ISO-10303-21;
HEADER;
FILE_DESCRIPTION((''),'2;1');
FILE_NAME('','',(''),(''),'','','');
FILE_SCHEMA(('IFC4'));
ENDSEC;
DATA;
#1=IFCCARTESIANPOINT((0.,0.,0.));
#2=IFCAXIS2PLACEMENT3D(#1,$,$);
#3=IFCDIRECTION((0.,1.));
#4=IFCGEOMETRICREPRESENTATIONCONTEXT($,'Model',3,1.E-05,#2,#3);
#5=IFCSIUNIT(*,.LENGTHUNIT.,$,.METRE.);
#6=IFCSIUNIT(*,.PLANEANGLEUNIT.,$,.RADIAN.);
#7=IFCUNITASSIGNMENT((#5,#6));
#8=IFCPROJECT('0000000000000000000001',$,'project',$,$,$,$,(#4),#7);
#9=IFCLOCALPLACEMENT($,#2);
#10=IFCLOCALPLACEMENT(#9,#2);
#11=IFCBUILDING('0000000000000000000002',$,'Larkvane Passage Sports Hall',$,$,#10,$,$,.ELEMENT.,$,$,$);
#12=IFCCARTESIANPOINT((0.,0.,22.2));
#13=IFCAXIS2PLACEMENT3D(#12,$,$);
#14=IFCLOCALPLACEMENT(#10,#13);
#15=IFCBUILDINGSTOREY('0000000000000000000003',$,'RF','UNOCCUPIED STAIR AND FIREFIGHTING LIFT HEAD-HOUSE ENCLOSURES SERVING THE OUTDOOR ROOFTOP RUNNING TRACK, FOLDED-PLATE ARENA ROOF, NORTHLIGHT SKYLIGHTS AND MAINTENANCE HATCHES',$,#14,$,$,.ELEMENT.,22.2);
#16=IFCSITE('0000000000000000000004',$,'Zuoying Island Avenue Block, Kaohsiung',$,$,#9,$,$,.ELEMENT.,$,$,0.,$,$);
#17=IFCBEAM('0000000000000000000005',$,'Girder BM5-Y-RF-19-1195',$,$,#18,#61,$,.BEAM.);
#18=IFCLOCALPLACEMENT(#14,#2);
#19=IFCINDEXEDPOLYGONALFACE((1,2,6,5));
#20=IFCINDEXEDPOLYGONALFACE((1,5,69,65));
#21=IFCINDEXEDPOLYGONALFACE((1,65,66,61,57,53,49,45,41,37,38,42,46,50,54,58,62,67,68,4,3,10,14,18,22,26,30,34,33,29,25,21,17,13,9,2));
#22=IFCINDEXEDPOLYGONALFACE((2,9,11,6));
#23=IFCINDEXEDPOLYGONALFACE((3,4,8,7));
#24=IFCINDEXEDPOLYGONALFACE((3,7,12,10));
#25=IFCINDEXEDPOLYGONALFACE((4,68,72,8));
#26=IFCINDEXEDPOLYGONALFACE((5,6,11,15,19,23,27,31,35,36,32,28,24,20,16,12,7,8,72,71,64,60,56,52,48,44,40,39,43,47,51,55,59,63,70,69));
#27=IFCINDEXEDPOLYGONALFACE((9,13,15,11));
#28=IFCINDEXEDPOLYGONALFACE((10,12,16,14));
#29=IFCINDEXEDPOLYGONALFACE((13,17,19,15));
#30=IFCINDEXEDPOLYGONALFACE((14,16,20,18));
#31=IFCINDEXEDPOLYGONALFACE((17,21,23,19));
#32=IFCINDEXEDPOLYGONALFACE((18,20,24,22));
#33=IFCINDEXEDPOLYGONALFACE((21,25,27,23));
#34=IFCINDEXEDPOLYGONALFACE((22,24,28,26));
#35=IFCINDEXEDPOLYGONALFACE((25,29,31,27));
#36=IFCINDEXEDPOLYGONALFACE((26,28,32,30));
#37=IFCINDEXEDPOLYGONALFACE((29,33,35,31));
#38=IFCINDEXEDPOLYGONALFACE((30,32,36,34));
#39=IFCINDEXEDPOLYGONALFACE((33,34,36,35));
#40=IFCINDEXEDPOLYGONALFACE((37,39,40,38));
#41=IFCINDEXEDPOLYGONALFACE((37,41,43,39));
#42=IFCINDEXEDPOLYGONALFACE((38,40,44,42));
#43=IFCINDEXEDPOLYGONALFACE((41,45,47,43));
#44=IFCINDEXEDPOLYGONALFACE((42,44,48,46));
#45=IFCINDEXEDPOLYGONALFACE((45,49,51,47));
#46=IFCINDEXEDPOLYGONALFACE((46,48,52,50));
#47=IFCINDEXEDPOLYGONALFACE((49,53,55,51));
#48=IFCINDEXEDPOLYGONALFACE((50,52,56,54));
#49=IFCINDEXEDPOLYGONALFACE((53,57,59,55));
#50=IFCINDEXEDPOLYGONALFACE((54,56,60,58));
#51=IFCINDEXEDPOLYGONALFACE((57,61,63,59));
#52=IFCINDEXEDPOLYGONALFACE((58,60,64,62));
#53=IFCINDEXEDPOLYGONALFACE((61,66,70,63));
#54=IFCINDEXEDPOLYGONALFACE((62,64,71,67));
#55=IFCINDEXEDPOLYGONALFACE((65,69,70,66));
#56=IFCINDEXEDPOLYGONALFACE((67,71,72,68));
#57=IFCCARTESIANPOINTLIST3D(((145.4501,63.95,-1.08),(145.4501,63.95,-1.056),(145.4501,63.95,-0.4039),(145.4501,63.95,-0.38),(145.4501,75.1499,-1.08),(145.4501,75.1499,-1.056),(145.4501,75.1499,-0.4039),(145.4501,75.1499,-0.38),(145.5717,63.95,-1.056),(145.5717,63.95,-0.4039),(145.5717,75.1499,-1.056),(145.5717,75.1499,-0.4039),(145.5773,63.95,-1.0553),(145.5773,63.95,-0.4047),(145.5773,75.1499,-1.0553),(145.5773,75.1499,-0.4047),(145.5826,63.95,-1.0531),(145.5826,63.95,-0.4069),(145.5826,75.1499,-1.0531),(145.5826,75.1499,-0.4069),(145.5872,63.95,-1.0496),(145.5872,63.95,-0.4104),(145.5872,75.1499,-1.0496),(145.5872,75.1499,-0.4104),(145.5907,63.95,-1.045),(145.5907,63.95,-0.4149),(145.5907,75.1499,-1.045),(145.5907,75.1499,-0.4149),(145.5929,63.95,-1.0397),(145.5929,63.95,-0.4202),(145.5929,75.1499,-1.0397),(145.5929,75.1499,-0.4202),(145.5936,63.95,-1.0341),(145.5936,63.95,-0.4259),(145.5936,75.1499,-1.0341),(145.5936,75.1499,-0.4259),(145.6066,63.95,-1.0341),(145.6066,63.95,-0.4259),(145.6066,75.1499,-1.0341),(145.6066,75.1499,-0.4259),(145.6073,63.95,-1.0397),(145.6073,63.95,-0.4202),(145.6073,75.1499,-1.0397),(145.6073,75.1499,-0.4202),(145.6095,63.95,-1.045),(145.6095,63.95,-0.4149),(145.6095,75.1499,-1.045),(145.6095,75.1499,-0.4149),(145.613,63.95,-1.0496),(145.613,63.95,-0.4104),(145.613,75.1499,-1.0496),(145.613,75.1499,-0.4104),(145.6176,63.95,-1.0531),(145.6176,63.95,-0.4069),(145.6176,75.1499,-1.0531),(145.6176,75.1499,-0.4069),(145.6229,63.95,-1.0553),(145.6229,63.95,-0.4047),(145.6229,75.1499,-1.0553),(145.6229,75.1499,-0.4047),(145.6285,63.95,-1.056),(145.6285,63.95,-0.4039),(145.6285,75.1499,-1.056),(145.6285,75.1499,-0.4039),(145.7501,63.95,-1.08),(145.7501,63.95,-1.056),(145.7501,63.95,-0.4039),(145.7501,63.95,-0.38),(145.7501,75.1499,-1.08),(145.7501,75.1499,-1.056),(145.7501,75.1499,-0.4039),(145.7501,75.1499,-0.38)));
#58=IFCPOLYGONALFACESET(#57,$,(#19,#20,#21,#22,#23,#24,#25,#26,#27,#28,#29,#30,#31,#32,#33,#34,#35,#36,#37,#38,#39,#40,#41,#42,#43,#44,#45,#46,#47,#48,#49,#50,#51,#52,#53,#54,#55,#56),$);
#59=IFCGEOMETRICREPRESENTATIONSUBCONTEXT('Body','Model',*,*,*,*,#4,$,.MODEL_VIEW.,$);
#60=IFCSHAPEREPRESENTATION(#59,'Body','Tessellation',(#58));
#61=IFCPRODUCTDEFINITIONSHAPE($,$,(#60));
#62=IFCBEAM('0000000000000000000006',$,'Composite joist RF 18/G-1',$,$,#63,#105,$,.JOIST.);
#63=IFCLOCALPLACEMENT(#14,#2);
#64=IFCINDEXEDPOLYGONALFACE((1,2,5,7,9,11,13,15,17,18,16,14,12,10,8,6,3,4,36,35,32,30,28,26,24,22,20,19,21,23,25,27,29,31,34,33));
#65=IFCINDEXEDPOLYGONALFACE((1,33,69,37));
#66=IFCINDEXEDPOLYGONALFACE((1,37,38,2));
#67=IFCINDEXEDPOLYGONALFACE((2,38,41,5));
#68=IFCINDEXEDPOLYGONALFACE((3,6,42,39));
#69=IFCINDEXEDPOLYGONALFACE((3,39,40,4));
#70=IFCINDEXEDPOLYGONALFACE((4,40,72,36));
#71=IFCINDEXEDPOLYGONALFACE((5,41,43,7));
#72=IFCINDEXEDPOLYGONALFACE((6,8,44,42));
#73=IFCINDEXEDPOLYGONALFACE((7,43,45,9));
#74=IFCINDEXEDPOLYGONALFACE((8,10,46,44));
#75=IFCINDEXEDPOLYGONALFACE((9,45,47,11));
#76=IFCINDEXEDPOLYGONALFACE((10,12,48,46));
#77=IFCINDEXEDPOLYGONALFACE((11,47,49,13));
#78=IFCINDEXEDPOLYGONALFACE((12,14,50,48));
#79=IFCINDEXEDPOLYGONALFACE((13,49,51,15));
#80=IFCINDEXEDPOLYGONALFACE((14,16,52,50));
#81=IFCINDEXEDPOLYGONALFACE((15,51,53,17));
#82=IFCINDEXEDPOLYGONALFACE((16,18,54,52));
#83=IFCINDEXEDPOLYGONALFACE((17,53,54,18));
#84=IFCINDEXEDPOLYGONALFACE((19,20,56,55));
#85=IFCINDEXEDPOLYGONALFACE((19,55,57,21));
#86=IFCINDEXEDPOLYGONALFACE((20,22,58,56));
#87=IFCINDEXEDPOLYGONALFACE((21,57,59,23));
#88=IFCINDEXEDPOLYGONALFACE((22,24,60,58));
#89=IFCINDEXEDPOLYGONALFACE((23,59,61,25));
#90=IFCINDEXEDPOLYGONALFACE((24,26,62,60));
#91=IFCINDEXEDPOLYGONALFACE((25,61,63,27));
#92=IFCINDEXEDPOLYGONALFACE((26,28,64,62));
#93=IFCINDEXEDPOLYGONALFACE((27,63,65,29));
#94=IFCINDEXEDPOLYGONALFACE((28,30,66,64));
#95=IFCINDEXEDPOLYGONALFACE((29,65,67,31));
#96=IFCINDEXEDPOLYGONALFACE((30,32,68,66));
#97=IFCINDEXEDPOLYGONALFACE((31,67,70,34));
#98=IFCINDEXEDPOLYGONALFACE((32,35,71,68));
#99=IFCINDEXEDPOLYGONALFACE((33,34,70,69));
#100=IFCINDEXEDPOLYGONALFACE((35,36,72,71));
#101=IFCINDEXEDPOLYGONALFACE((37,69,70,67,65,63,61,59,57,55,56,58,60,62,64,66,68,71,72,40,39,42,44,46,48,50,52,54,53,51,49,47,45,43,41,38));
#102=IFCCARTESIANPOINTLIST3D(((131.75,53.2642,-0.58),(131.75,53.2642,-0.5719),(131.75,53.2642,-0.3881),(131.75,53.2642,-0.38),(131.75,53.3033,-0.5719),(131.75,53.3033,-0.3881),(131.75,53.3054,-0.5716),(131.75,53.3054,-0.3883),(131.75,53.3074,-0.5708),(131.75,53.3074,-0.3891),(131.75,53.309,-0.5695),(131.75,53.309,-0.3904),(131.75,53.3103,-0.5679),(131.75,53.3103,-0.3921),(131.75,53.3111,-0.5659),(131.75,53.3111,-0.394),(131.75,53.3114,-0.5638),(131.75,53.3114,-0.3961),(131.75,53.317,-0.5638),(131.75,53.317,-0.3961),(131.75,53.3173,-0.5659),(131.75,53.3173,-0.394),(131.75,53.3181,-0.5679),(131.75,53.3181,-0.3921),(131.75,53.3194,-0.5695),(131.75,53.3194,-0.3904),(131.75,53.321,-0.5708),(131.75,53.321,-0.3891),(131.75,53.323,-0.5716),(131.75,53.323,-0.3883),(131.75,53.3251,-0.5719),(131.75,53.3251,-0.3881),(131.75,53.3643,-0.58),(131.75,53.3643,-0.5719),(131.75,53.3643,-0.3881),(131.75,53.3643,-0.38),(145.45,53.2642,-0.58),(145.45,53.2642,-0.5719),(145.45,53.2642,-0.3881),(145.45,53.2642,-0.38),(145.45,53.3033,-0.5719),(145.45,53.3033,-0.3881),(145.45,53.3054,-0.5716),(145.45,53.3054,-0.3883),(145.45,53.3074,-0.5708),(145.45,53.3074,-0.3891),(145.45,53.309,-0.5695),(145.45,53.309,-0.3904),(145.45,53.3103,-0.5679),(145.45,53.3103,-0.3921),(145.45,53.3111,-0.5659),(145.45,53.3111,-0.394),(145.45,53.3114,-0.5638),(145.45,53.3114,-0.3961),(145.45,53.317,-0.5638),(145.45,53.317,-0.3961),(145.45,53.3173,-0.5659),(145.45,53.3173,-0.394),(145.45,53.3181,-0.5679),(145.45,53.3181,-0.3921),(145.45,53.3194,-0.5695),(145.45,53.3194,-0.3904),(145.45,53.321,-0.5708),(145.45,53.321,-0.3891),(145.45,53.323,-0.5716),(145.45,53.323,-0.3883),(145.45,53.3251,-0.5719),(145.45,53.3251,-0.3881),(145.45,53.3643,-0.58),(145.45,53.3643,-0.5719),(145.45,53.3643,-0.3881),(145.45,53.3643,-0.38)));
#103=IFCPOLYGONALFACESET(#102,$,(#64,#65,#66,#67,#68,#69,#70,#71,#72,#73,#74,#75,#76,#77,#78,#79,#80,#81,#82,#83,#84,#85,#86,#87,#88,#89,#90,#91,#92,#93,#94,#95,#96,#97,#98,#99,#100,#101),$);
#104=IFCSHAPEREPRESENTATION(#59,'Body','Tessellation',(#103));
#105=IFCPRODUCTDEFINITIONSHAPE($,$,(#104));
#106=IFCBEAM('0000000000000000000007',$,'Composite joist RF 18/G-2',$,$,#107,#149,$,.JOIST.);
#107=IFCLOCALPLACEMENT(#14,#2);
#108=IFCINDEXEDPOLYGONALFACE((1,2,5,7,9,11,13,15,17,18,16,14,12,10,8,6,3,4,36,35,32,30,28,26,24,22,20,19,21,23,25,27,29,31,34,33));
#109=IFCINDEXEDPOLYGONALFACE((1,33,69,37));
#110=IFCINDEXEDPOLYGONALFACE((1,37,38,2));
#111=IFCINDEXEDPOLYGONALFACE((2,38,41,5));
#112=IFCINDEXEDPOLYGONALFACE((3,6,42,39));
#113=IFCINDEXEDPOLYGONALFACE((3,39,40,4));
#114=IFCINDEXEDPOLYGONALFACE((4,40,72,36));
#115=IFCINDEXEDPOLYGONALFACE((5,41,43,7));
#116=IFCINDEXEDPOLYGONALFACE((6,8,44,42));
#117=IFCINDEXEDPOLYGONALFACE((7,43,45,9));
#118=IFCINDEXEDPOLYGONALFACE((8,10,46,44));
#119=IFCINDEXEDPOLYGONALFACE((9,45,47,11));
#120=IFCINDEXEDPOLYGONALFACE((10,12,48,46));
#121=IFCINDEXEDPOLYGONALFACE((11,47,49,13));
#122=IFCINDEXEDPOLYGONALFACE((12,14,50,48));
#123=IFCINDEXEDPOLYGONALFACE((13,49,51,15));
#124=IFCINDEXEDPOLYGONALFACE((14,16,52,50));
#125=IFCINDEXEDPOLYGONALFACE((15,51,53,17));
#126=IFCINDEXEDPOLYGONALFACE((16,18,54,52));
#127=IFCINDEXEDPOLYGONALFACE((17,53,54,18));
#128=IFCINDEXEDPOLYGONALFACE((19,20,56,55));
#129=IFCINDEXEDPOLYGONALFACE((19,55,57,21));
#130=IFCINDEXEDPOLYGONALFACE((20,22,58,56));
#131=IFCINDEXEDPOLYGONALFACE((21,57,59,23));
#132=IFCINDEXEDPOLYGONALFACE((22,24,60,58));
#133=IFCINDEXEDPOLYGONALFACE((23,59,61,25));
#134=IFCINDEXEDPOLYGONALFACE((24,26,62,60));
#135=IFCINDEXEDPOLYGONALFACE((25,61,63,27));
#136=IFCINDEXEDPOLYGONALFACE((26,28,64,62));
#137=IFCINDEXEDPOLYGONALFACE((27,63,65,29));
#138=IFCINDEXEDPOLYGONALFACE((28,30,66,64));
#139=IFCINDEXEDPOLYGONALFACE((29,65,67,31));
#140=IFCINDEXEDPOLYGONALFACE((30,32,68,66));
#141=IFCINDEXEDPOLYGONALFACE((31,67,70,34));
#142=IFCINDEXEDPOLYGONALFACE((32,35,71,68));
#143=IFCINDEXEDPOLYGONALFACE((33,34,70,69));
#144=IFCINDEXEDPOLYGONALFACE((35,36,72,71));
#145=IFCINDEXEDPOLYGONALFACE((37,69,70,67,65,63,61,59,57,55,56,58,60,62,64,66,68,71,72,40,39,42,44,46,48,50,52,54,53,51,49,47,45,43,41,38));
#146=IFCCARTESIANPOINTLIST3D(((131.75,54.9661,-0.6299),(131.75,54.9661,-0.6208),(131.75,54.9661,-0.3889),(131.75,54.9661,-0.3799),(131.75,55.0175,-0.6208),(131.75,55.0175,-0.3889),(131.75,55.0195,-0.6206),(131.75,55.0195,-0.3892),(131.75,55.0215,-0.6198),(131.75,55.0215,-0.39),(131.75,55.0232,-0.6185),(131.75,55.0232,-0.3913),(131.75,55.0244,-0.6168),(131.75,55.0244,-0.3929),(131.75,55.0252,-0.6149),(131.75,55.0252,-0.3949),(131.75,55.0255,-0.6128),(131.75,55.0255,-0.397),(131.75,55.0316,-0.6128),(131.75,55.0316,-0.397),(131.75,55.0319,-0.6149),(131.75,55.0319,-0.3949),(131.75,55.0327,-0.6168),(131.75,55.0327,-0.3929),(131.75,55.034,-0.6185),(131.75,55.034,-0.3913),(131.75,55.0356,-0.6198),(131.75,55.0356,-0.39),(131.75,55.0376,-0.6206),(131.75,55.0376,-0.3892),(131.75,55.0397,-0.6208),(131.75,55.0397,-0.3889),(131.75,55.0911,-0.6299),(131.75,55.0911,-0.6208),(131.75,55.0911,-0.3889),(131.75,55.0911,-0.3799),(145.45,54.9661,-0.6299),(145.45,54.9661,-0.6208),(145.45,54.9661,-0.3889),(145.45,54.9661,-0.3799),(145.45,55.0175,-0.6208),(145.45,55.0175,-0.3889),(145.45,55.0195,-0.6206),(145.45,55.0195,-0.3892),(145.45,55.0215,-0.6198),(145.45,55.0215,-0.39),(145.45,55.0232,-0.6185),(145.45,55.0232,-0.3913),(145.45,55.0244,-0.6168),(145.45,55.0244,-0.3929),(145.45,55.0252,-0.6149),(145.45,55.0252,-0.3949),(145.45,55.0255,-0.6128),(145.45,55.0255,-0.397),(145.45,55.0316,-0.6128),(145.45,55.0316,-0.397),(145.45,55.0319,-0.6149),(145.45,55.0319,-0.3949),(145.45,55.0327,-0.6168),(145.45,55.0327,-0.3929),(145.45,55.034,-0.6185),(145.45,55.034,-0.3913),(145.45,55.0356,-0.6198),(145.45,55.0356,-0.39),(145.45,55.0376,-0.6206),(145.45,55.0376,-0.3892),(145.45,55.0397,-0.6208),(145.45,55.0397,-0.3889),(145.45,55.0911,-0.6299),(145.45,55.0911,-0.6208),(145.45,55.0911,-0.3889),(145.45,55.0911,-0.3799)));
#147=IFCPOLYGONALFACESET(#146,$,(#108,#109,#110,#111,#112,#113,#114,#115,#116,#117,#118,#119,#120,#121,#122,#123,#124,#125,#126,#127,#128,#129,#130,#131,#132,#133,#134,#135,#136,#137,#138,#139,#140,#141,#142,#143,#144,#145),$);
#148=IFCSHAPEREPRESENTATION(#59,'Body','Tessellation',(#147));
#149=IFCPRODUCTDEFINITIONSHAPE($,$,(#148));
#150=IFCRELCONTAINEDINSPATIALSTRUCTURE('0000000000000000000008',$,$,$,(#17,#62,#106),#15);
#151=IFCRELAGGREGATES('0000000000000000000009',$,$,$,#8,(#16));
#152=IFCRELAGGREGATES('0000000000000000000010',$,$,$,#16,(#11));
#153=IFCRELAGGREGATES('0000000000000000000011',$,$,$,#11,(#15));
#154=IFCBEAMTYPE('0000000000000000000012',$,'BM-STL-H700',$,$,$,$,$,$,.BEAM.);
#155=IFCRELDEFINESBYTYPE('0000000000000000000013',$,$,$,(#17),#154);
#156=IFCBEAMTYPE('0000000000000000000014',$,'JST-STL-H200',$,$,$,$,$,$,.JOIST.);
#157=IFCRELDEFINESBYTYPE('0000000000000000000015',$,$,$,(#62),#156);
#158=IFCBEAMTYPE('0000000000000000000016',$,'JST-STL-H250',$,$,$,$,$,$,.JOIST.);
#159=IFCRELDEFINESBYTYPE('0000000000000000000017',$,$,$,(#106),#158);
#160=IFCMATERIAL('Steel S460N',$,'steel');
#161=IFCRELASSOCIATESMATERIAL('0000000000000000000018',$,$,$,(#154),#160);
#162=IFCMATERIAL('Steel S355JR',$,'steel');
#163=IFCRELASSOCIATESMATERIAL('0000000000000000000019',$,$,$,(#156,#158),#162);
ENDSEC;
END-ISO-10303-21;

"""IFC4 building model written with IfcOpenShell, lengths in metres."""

from ifc_helpers import new_model, si_unit, direction, frame, origin, origin_2d, place, context, subcontext, project, spatial, i_section, extrude, material, material_profile, profile_set, type_object, element, save


model = new_model("IFC4")

# Units and contexts
model_context = context("Model", 3, precision=1e-05, world=origin(), true_north=direction((0.0, 1.0)))
body_context = subcontext(model_context, "Body", "Model", "MODEL_VIEW")
ifc_project = project(units=[si_unit("LENGTHUNIT", "METRE"), si_unit("PLANEANGLEUNIT", "RADIAN")], contexts=[model_context])

# Site, building, storey
site_placement = place(None, origin())
site = spatial("IfcSite", under=ifc_project, at=site_placement, Name="Zuoying Island Avenue Block, Kaohsiung", CompositionType="ELEMENT", RefElevation=0.0)
building_placement = place(site_placement, origin())
building = spatial("IfcBuilding", under=site, at=building_placement, Name="Larkvane Passage Sports Hall", CompositionType="ELEMENT")
storey_placement = place(building_placement, frame((0.0, 0.0, 22.2)))
storey = spatial("IfcBuildingStorey", under=building, at=storey_placement, Name="RF", Description="UNOCCUPIED STAIR AND FIREFIGHTING LIFT HEAD-HOUSE ENCLOSURES SERVING THE OUTDOOR ROOFTOP RUNNING TRACK, FOLDED-PLATE ARENA ROOF, NORTHLIGHT SKYLIGHTS AND MAINTENANCE HATCHES", CompositionType="ELEMENT", Elevation=22.2)

# Shared definitions
ifc_material_1 = material(Name="Steel S460N", Category="steel")

# Beams
ifc_material_profile_1 = material_profile(ifc_material_1, i_section(OverallWidth=0.3, OverallDepth=0.7, WebThickness=0.0129, FlangeThickness=0.0239, FilletRadius=0.022, at=origin_2d()), Name="H-700x300x13x24")
ifc_profile_set_1 = profile_set([ifc_material_profile_1], Name="Steel S460N")
beam_type_1 = type_object("IfcBeamType", Name="BM-STL-H700", PredefinedType="BEAM", material=ifc_profile_set_1)
beam_1_placement = place(storey_placement, frame((145.6001, 63.95, -0.73), z_axis=(0.0, 1.0, 0.0), x_axis=(-1.0, 0.0, 0.0)))
element("IfcBeam", 1, at=beam_1_placement, inside=storey, type_object=beam_type_1, Name="Girder BM5-Y-RF-19-1195", PredefinedType="BEAM", context=body_context, shape_type="SweptSolid", body=[
    extrude(i_section(OverallWidth=0.3, OverallDepth=0.7, WebThickness=0.0129, FlangeThickness=0.0239, FilletRadius=0.022, at=origin_2d()), origin(), (0.0, 0.0, 1.0), 11.2),
])
ifc_material_2 = material(Name="Steel S355JR", Category="steel")
ifc_material_profile_2 = material_profile(ifc_material_2, i_section(OverallWidth=0.1001, OverallDepth=0.2, WebThickness=0.0056, FlangeThickness=0.0081, FilletRadius=0.0081, at=origin_2d()), Name="H-200x100x5.5x8")
ifc_profile_set_2 = profile_set([ifc_material_profile_2], Name="Steel S355JR")
beam_type_2 = type_object("IfcBeamType", Name="JST-STL-H200", PredefinedType="JOIST", material=ifc_profile_set_2)
beam_2_placement = place(storey_placement, frame((131.75, 53.3142, -0.48), z_axis=(1.0, 0.0, 0.0), x_axis=(0.0, 1.0, 0.0)))
element("IfcBeam", 2, at=beam_2_placement, inside=storey, type_object=beam_type_2, Name="Composite joist RF 18/G-1", PredefinedType="JOIST", context=body_context, shape_type="SweptSolid", body=[
    extrude(i_section(OverallWidth=0.1001, OverallDepth=0.2, WebThickness=0.0056, FlangeThickness=0.0081, FilletRadius=0.0081, at=origin_2d()), origin(), (0.0, 0.0, 1.0), 13.7),
])
ifc_material_profile_3 = material_profile(ifc_material_2, i_section(OverallWidth=0.125, OverallDepth=0.25, WebThickness=0.0061, FlangeThickness=0.009, FilletRadius=0.0081, at=origin_2d()), Name="H-250x125x6x9")
ifc_profile_set_3 = profile_set([ifc_material_profile_3], Name="Steel S355JR")
beam_type_3 = type_object("IfcBeamType", Name="JST-STL-H250", PredefinedType="JOIST", material=ifc_profile_set_3)
beam_3_placement = place(storey_placement, frame((131.75, 55.0286, -0.5049), z_axis=(1.0, 0.0, 0.0), x_axis=(0.0, 1.0, 0.0)))
element("IfcBeam", 3, at=beam_3_placement, inside=storey, type_object=beam_type_3, Name="Composite joist RF 18/G-2", PredefinedType="JOIST", context=body_context, shape_type="SweptSolid", body=[
    extrude(i_section(OverallWidth=0.125, OverallDepth=0.25, WebThickness=0.0061, FlangeThickness=0.009, FilletRadius=0.0081, at=origin_2d()), origin(), (0.0, 0.0, 1.0), 13.7),
])

save(model, "model.ifc")
